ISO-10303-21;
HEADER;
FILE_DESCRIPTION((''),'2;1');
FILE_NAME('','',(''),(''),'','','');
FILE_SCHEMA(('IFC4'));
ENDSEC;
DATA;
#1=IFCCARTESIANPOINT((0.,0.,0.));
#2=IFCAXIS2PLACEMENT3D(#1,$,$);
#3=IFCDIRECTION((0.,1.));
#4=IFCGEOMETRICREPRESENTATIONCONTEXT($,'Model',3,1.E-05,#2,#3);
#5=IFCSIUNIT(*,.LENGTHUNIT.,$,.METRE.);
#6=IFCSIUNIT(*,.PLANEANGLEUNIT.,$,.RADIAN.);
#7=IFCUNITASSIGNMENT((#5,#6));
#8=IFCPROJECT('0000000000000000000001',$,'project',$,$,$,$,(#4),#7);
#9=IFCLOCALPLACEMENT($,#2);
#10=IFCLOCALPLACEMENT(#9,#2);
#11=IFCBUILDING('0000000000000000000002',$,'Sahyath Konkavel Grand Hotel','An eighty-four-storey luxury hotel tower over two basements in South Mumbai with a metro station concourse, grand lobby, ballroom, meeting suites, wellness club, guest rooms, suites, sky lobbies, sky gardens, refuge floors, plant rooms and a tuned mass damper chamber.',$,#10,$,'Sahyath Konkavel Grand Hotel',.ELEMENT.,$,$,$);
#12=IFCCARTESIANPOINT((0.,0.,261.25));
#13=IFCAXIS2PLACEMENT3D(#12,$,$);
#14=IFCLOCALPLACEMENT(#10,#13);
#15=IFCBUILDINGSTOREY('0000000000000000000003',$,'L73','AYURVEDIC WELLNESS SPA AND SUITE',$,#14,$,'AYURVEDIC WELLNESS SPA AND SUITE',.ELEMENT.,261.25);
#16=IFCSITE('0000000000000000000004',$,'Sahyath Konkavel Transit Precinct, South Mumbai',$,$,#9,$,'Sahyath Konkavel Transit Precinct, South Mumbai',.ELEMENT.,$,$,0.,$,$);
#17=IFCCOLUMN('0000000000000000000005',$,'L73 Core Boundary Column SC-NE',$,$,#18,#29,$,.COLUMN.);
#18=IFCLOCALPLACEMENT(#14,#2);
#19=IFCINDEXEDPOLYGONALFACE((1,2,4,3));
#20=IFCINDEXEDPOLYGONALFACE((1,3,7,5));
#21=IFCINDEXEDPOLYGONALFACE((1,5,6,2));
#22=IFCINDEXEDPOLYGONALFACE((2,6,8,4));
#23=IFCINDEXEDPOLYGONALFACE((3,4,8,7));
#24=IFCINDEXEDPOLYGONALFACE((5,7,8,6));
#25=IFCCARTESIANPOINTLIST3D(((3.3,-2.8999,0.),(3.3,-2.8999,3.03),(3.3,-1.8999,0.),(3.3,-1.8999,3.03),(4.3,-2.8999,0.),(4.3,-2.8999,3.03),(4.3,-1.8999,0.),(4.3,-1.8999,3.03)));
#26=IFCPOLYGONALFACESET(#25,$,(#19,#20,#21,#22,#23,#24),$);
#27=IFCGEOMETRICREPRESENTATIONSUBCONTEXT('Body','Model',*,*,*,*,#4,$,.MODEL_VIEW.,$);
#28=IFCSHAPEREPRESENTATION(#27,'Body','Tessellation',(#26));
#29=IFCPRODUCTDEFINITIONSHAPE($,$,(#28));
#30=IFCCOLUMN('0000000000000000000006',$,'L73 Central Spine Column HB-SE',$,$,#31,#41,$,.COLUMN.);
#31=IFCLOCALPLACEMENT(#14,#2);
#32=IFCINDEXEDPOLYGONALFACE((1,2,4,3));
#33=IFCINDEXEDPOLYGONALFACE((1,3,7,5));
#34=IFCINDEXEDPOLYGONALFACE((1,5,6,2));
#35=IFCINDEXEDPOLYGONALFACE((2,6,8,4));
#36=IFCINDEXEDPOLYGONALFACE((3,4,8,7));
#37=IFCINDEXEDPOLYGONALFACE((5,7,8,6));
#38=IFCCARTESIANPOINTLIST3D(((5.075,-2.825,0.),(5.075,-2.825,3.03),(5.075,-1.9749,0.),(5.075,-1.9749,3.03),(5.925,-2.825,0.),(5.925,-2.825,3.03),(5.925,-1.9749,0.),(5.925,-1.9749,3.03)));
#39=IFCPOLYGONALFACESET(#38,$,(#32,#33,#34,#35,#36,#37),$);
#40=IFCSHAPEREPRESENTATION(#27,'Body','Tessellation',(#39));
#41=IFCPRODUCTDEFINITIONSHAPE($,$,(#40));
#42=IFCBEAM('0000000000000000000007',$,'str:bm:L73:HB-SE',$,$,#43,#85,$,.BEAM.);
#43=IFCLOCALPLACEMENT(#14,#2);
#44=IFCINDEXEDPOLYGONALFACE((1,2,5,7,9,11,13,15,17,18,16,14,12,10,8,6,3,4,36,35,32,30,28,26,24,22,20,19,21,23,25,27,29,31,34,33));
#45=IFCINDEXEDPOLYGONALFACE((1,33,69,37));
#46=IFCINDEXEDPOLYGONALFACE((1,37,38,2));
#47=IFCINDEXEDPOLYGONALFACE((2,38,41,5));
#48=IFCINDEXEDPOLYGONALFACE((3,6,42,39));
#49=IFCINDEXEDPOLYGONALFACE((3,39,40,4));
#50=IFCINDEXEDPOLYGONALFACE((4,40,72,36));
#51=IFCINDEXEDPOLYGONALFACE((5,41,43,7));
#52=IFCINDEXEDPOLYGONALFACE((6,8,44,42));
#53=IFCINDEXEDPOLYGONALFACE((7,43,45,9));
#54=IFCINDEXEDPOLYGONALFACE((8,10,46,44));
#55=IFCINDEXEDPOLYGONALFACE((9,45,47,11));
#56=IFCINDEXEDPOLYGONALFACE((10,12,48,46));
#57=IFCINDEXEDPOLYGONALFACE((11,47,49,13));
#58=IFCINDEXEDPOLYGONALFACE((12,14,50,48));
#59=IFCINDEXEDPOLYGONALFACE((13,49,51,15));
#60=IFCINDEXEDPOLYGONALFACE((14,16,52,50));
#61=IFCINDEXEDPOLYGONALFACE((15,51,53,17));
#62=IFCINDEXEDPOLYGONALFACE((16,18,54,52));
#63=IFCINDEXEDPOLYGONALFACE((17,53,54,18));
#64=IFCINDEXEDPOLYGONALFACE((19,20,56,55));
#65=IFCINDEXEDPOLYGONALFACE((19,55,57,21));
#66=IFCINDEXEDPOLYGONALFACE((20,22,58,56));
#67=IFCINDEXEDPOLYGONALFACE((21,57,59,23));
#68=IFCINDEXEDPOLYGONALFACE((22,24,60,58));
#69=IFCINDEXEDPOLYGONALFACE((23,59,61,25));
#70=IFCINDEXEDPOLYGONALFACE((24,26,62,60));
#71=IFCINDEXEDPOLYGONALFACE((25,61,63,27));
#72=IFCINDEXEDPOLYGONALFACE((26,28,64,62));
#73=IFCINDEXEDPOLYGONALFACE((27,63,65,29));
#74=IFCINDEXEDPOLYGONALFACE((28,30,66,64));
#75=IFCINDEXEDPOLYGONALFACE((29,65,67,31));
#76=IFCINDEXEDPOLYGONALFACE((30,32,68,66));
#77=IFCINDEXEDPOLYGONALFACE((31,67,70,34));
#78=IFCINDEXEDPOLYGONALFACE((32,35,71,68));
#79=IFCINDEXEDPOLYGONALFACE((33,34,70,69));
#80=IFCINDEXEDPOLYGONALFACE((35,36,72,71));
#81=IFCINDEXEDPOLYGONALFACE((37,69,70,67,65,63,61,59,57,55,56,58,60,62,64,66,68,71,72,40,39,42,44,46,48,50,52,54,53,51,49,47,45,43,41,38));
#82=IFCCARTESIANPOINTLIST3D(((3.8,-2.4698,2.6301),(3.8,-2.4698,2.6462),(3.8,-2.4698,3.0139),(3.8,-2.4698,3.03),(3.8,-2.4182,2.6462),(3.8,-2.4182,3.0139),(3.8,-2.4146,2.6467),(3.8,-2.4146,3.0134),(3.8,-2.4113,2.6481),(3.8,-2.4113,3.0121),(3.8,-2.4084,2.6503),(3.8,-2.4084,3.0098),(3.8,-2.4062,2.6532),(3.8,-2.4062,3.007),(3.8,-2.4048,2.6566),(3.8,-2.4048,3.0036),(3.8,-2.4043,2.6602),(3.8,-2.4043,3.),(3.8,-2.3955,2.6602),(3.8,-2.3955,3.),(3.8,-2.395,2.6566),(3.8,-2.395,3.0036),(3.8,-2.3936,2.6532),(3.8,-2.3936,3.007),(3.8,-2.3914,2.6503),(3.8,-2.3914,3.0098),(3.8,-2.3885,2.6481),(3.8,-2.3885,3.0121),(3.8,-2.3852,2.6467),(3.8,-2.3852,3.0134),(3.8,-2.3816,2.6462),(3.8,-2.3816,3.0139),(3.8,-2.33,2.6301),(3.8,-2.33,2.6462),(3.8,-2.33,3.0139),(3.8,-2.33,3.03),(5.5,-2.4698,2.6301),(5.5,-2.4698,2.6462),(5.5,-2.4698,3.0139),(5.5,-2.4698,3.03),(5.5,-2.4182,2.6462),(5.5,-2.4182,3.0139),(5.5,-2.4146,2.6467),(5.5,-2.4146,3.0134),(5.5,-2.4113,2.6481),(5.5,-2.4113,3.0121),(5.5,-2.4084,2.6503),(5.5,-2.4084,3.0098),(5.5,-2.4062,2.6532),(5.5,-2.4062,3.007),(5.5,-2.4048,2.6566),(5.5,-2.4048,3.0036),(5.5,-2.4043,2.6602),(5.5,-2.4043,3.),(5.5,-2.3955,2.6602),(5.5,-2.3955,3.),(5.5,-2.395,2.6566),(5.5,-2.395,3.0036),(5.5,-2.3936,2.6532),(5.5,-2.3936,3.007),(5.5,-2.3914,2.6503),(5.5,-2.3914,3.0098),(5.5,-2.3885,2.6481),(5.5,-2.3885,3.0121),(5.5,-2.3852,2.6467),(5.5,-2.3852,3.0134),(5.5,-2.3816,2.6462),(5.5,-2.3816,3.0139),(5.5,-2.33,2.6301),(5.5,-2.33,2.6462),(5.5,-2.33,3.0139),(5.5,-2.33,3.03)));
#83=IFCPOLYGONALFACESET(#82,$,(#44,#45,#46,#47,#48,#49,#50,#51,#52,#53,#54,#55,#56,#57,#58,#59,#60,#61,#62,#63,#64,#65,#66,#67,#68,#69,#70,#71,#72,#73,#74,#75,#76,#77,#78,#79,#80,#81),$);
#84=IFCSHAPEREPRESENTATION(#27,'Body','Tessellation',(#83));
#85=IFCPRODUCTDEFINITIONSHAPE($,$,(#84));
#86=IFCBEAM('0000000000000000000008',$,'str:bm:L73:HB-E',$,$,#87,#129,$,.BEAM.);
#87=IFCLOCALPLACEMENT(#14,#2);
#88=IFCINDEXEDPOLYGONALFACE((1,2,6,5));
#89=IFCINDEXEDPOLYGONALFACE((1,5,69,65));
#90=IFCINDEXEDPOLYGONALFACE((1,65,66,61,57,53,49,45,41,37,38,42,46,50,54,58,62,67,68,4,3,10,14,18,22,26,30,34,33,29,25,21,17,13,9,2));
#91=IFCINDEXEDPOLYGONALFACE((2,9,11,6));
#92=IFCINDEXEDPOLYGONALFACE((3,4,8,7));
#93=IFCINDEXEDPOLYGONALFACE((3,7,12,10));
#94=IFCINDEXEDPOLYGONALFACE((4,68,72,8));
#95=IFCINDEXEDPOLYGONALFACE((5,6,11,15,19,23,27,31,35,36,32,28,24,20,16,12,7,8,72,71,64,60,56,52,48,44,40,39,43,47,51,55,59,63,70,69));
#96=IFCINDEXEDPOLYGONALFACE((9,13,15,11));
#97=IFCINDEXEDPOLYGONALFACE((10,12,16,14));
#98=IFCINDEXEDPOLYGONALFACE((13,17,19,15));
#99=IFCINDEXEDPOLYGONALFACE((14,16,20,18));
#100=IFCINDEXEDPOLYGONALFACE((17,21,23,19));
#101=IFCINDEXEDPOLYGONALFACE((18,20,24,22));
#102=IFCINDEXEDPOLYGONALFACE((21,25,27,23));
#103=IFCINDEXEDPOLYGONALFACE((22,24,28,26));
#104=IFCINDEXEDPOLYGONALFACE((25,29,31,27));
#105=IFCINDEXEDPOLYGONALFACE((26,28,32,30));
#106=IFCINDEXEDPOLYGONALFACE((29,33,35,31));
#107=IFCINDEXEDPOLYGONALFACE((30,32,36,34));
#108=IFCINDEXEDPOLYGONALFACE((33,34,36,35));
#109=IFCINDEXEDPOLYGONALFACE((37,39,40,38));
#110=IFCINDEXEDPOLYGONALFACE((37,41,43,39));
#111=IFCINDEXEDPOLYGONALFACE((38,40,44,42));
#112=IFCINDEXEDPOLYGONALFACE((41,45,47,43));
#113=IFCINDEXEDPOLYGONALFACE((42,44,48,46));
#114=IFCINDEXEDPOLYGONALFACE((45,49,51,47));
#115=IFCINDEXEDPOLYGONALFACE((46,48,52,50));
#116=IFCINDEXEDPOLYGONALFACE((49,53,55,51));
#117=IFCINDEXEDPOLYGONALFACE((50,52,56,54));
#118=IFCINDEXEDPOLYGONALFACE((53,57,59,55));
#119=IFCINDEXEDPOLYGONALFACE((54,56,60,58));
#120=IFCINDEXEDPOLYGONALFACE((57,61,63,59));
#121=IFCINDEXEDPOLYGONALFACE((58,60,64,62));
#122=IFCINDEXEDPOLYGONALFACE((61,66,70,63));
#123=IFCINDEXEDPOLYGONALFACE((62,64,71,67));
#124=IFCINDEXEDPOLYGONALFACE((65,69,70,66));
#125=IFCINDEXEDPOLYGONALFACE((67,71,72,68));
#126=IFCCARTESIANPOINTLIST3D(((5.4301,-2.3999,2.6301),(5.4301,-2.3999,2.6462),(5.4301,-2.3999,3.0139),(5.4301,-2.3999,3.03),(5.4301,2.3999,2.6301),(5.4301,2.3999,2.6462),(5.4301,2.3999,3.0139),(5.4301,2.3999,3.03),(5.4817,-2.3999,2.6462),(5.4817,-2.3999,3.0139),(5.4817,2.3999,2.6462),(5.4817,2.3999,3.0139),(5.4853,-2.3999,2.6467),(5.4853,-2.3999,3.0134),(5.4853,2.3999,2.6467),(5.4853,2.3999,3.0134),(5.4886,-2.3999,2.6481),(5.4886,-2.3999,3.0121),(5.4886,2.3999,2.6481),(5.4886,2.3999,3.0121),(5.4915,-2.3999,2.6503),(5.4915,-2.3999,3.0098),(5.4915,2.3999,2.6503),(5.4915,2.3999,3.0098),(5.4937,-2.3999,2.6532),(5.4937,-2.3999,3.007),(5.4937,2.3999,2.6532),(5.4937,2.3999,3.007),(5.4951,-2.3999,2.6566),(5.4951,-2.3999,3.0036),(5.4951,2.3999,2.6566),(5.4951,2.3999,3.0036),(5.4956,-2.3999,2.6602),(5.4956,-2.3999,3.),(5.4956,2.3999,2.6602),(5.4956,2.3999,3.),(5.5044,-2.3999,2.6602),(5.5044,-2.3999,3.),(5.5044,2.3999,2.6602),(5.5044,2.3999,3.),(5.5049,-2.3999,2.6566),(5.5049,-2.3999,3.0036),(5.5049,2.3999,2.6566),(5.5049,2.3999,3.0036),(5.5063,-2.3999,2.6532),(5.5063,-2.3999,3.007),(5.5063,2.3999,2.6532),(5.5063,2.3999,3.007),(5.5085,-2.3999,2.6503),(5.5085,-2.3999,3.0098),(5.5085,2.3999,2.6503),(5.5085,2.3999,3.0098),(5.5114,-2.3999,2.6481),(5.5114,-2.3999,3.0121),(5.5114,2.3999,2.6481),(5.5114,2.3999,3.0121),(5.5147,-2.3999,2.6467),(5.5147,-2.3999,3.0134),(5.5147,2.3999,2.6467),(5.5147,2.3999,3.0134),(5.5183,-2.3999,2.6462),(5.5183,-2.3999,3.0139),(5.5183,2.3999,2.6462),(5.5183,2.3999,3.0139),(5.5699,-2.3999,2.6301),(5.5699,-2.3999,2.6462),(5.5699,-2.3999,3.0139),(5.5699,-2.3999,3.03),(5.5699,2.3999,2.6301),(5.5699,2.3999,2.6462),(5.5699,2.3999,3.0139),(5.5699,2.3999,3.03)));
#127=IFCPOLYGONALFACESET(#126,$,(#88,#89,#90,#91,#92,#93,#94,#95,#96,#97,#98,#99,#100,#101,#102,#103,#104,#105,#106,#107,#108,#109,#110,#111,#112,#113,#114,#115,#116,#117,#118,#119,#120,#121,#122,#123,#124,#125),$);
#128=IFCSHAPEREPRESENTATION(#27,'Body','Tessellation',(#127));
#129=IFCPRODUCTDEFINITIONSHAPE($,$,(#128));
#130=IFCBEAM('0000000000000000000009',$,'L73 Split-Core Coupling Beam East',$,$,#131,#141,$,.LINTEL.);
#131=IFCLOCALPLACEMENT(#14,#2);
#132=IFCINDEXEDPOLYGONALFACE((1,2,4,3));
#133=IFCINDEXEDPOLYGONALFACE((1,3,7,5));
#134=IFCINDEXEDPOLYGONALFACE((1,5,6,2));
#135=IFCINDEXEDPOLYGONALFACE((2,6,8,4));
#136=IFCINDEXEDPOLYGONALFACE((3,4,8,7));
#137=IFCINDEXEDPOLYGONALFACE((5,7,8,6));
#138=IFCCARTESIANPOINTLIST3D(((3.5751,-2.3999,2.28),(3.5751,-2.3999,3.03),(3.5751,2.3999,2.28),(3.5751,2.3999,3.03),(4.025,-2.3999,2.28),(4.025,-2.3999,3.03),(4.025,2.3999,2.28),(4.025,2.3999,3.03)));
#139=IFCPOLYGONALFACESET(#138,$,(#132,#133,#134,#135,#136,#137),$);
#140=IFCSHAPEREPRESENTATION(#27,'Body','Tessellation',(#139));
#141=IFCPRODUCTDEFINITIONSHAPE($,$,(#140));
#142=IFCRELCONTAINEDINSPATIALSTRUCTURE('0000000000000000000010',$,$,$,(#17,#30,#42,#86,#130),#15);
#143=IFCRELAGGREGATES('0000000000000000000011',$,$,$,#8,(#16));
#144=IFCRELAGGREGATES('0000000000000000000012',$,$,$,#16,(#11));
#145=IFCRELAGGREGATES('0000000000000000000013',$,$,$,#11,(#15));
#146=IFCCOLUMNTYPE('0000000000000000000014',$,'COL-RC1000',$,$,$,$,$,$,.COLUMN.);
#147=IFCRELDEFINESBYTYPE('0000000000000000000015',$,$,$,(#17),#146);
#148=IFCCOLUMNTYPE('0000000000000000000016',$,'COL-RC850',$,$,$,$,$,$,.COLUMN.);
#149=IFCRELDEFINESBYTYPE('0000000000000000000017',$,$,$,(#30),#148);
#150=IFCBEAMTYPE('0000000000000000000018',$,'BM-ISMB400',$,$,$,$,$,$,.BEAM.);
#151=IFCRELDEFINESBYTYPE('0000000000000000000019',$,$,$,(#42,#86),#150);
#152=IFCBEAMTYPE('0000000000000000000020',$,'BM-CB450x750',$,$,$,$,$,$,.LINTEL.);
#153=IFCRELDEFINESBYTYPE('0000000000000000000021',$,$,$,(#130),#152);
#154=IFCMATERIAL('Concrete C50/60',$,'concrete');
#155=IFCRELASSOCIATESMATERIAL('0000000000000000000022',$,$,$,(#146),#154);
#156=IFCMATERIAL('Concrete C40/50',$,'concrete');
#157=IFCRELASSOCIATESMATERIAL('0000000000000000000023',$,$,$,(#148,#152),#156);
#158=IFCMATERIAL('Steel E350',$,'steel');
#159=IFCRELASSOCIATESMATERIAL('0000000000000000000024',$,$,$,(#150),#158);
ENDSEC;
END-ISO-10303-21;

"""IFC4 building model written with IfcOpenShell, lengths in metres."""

from ifc_helpers import new_model, si_unit, direction, frame, origin, origin_2d, place, context, subcontext, project, spatial, rectangle, i_section, extrude, source, transform, mapped, material, material_profile, profile_set, type_object, element, save


model = new_model("IFC4")

# Units and contexts
model_context = context("Model", 3, precision=1e-05, world=origin(), true_north=direction((0.0, 1.0)))
body_context = subcontext(model_context, "Body", "Model", "MODEL_VIEW")
ifc_project = project(units=[si_unit("LENGTHUNIT", "METRE"), si_unit("PLANEANGLEUNIT", "RADIAN")], contexts=[model_context])

# Site, building, storey
site_placement = place(None, origin())
site = spatial("IfcSite", under=ifc_project, at=site_placement, Name="Sahyath Konkavel Transit Precinct, South Mumbai", LongName="Sahyath Konkavel Transit Precinct, South Mumbai", CompositionType="ELEMENT", RefElevation=0.0)
building_placement = place(site_placement, origin())
building = spatial("IfcBuilding", under=site, at=building_placement, Name="Sahyath Konkavel Grand Hotel", Description="An eighty-four-storey luxury hotel tower over two basements in South Mumbai with a metro station concourse, grand lobby, ballroom, meeting suites, wellness club, guest rooms, suites, sky lobbies, sky gardens, refuge floors, plant rooms and a tuned mass damper chamber.", LongName="Sahyath Konkavel Grand Hotel", CompositionType="ELEMENT")
storey_placement = place(building_placement, frame((0.0, 0.0, 261.25)))
storey = spatial("IfcBuildingStorey", under=building, at=storey_placement, Name="L73", Description="AYURVEDIC WELLNESS SPA AND SUITE", LongName="AYURVEDIC WELLNESS SPA AND SUITE", CompositionType="ELEMENT", Elevation=261.25)

# Columns
ifc_material_1 = material(Name="Concrete C50/60", Category="concrete")
ifc_material_profile_1 = material_profile(ifc_material_1, rectangle(XDim=1.0, YDim=1.0, at=origin_2d()), Name="RC 1000x1000")
ifc_profile_set_1 = profile_set([ifc_material_profile_1], Name="Concrete C50/60")
column_type_1 = type_object("IfcColumnType", Name="COL-RC1000", PredefinedType="COLUMN", material=ifc_profile_set_1)
shared_shape_1 = source(origin(), body_context, "Body", "SweptSolid", [
    extrude(rectangle(XDim=1.0, YDim=1.0, at=origin_2d()), origin(), (0.0, 0.0, 1.0), 3.03),
])
column_1_placement = place(storey_placement, frame((3.8, -2.3999, 0.0), z_axis=(0.0, 0.0, 1.0), x_axis=(1.0, 0.0, 0.0)))
element("IfcColumn", 1, at=column_1_placement, inside=storey, type_object=column_type_1, Name="L73 Core Boundary Column SC-NE", PredefinedType="COLUMN", context=body_context, shape_type="MappedRepresentation", body=[
    mapped(shared_shape_1, transform((0.0, 0.0, 0.0), scale=1.0)),
])
ifc_material_2 = material(Name="Concrete C40/50", Category="concrete")
ifc_material_profile_2 = material_profile(ifc_material_2, rectangle(XDim=0.8501, YDim=0.8501, at=origin_2d()), Name="RC 850x850")
ifc_profile_set_2 = profile_set([ifc_material_profile_2], Name="Concrete C40/50")
column_type_2 = type_object("IfcColumnType", Name="COL-RC850", PredefinedType="COLUMN", material=ifc_profile_set_2)
shared_shape_2 = source(origin(), body_context, "Body", "SweptSolid", [
    extrude(rectangle(XDim=0.8501, YDim=0.8501, at=origin_2d()), origin(), (0.0, 0.0, 1.0), 3.03),
])
column_2_placement = place(storey_placement, frame((5.5, -2.3999, 0.0), z_axis=(0.0, 0.0, 1.0), x_axis=(1.0, 0.0, 0.0)))
element("IfcColumn", 2, at=column_2_placement, inside=storey, type_object=column_type_2, Name="L73 Central Spine Column HB-SE", PredefinedType="COLUMN", context=body_context, shape_type="MappedRepresentation", body=[
    mapped(shared_shape_2, transform((0.0, 0.0, 0.0), scale=1.0)),
])

# Beams
ifc_material_3 = material(Name="Steel E350", Category="steel")
ifc_material_profile_3 = material_profile(ifc_material_3, i_section(OverallWidth=0.1399, OverallDepth=0.3999, WebThickness=0.0088, FlangeThickness=0.0161, FilletRadius=0.0139, at=origin_2d()), Name="ISMB 400")
ifc_profile_set_3 = profile_set([ifc_material_profile_3], Name="Steel E350")
beam_type_1 = type_object("IfcBeamType", Name="BM-ISMB400", PredefinedType="BEAM", material=ifc_profile_set_3)
shared_shape_3 = source(origin(), body_context, "Body", "SweptSolid", [
    extrude(i_section(OverallWidth=0.1399, OverallDepth=0.3999, WebThickness=0.0088, FlangeThickness=0.0161, FilletRadius=0.0139, at=origin_2d()), origin(), (0.0, 0.0, 1.0), 1.7),
])
beam_1_placement = place(storey_placement, frame((3.8, -2.3999, 2.8301), z_axis=(1.0, 0.0, 0.0), x_axis=(0.0, 1.0, 0.0)))
element("IfcBeam", 3, at=beam_1_placement, inside=storey, type_object=beam_type_1, Name="str:bm:L73:HB-SE", PredefinedType="BEAM", context=body_context, shape_type="MappedRepresentation", body=[
    mapped(shared_shape_3, transform((0.0, 0.0, 0.0), scale=1.0)),
])
shared_shape_4 = source(origin(), body_context, "Body", "SweptSolid", [
    extrude(i_section(OverallWidth=0.1399, OverallDepth=0.3999, WebThickness=0.0088, FlangeThickness=0.0161, FilletRadius=0.0139, at=origin_2d()), origin(), (0.0, 0.0, 1.0), 4.7998),
])
beam_2_placement = place(storey_placement, frame((5.5, -2.3999, 2.8301), z_axis=(0.0, 1.0, 0.0), x_axis=(-1.0, 0.0, 0.0)))
element("IfcBeam", 4, at=beam_2_placement, inside=storey, type_object=beam_type_1, Name="str:bm:L73:HB-E", PredefinedType="BEAM", context=body_context, shape_type="MappedRepresentation", body=[
    mapped(shared_shape_4, transform((0.0, 0.0, 0.0), scale=1.0)),
])
ifc_material_profile_4 = material_profile(ifc_material_2, rectangle(XDim=0.45, YDim=0.75, at=origin_2d()), Name="RC 450x750")
ifc_profile_set_4 = profile_set([ifc_material_profile_4], Name="Concrete C40/50")
beam_type_2 = type_object("IfcBeamType", Name="BM-CB450x750", PredefinedType="LINTEL", material=ifc_profile_set_4)
shared_shape_5 = source(origin(), body_context, "Body", "SweptSolid", [
    extrude(rectangle(XDim=0.45, YDim=0.75, at=origin_2d()), origin(), (0.0, 0.0, 1.0), 4.7998),
])
beam_3_placement = place(storey_placement, frame((3.8, -2.3999, 2.655), z_axis=(0.0, 1.0, 0.0), x_axis=(-1.0, 0.0, 0.0)))
element("IfcBeam", 5, at=beam_3_placement, inside=storey, type_object=beam_type_2, Name="L73 Split-Core Coupling Beam East", PredefinedType="LINTEL", context=body_context, shape_type="MappedRepresentation", body=[
    mapped(shared_shape_5, transform((0.0, 0.0, 0.0), scale=1.0)),
])

save(model, "model.ifc")
